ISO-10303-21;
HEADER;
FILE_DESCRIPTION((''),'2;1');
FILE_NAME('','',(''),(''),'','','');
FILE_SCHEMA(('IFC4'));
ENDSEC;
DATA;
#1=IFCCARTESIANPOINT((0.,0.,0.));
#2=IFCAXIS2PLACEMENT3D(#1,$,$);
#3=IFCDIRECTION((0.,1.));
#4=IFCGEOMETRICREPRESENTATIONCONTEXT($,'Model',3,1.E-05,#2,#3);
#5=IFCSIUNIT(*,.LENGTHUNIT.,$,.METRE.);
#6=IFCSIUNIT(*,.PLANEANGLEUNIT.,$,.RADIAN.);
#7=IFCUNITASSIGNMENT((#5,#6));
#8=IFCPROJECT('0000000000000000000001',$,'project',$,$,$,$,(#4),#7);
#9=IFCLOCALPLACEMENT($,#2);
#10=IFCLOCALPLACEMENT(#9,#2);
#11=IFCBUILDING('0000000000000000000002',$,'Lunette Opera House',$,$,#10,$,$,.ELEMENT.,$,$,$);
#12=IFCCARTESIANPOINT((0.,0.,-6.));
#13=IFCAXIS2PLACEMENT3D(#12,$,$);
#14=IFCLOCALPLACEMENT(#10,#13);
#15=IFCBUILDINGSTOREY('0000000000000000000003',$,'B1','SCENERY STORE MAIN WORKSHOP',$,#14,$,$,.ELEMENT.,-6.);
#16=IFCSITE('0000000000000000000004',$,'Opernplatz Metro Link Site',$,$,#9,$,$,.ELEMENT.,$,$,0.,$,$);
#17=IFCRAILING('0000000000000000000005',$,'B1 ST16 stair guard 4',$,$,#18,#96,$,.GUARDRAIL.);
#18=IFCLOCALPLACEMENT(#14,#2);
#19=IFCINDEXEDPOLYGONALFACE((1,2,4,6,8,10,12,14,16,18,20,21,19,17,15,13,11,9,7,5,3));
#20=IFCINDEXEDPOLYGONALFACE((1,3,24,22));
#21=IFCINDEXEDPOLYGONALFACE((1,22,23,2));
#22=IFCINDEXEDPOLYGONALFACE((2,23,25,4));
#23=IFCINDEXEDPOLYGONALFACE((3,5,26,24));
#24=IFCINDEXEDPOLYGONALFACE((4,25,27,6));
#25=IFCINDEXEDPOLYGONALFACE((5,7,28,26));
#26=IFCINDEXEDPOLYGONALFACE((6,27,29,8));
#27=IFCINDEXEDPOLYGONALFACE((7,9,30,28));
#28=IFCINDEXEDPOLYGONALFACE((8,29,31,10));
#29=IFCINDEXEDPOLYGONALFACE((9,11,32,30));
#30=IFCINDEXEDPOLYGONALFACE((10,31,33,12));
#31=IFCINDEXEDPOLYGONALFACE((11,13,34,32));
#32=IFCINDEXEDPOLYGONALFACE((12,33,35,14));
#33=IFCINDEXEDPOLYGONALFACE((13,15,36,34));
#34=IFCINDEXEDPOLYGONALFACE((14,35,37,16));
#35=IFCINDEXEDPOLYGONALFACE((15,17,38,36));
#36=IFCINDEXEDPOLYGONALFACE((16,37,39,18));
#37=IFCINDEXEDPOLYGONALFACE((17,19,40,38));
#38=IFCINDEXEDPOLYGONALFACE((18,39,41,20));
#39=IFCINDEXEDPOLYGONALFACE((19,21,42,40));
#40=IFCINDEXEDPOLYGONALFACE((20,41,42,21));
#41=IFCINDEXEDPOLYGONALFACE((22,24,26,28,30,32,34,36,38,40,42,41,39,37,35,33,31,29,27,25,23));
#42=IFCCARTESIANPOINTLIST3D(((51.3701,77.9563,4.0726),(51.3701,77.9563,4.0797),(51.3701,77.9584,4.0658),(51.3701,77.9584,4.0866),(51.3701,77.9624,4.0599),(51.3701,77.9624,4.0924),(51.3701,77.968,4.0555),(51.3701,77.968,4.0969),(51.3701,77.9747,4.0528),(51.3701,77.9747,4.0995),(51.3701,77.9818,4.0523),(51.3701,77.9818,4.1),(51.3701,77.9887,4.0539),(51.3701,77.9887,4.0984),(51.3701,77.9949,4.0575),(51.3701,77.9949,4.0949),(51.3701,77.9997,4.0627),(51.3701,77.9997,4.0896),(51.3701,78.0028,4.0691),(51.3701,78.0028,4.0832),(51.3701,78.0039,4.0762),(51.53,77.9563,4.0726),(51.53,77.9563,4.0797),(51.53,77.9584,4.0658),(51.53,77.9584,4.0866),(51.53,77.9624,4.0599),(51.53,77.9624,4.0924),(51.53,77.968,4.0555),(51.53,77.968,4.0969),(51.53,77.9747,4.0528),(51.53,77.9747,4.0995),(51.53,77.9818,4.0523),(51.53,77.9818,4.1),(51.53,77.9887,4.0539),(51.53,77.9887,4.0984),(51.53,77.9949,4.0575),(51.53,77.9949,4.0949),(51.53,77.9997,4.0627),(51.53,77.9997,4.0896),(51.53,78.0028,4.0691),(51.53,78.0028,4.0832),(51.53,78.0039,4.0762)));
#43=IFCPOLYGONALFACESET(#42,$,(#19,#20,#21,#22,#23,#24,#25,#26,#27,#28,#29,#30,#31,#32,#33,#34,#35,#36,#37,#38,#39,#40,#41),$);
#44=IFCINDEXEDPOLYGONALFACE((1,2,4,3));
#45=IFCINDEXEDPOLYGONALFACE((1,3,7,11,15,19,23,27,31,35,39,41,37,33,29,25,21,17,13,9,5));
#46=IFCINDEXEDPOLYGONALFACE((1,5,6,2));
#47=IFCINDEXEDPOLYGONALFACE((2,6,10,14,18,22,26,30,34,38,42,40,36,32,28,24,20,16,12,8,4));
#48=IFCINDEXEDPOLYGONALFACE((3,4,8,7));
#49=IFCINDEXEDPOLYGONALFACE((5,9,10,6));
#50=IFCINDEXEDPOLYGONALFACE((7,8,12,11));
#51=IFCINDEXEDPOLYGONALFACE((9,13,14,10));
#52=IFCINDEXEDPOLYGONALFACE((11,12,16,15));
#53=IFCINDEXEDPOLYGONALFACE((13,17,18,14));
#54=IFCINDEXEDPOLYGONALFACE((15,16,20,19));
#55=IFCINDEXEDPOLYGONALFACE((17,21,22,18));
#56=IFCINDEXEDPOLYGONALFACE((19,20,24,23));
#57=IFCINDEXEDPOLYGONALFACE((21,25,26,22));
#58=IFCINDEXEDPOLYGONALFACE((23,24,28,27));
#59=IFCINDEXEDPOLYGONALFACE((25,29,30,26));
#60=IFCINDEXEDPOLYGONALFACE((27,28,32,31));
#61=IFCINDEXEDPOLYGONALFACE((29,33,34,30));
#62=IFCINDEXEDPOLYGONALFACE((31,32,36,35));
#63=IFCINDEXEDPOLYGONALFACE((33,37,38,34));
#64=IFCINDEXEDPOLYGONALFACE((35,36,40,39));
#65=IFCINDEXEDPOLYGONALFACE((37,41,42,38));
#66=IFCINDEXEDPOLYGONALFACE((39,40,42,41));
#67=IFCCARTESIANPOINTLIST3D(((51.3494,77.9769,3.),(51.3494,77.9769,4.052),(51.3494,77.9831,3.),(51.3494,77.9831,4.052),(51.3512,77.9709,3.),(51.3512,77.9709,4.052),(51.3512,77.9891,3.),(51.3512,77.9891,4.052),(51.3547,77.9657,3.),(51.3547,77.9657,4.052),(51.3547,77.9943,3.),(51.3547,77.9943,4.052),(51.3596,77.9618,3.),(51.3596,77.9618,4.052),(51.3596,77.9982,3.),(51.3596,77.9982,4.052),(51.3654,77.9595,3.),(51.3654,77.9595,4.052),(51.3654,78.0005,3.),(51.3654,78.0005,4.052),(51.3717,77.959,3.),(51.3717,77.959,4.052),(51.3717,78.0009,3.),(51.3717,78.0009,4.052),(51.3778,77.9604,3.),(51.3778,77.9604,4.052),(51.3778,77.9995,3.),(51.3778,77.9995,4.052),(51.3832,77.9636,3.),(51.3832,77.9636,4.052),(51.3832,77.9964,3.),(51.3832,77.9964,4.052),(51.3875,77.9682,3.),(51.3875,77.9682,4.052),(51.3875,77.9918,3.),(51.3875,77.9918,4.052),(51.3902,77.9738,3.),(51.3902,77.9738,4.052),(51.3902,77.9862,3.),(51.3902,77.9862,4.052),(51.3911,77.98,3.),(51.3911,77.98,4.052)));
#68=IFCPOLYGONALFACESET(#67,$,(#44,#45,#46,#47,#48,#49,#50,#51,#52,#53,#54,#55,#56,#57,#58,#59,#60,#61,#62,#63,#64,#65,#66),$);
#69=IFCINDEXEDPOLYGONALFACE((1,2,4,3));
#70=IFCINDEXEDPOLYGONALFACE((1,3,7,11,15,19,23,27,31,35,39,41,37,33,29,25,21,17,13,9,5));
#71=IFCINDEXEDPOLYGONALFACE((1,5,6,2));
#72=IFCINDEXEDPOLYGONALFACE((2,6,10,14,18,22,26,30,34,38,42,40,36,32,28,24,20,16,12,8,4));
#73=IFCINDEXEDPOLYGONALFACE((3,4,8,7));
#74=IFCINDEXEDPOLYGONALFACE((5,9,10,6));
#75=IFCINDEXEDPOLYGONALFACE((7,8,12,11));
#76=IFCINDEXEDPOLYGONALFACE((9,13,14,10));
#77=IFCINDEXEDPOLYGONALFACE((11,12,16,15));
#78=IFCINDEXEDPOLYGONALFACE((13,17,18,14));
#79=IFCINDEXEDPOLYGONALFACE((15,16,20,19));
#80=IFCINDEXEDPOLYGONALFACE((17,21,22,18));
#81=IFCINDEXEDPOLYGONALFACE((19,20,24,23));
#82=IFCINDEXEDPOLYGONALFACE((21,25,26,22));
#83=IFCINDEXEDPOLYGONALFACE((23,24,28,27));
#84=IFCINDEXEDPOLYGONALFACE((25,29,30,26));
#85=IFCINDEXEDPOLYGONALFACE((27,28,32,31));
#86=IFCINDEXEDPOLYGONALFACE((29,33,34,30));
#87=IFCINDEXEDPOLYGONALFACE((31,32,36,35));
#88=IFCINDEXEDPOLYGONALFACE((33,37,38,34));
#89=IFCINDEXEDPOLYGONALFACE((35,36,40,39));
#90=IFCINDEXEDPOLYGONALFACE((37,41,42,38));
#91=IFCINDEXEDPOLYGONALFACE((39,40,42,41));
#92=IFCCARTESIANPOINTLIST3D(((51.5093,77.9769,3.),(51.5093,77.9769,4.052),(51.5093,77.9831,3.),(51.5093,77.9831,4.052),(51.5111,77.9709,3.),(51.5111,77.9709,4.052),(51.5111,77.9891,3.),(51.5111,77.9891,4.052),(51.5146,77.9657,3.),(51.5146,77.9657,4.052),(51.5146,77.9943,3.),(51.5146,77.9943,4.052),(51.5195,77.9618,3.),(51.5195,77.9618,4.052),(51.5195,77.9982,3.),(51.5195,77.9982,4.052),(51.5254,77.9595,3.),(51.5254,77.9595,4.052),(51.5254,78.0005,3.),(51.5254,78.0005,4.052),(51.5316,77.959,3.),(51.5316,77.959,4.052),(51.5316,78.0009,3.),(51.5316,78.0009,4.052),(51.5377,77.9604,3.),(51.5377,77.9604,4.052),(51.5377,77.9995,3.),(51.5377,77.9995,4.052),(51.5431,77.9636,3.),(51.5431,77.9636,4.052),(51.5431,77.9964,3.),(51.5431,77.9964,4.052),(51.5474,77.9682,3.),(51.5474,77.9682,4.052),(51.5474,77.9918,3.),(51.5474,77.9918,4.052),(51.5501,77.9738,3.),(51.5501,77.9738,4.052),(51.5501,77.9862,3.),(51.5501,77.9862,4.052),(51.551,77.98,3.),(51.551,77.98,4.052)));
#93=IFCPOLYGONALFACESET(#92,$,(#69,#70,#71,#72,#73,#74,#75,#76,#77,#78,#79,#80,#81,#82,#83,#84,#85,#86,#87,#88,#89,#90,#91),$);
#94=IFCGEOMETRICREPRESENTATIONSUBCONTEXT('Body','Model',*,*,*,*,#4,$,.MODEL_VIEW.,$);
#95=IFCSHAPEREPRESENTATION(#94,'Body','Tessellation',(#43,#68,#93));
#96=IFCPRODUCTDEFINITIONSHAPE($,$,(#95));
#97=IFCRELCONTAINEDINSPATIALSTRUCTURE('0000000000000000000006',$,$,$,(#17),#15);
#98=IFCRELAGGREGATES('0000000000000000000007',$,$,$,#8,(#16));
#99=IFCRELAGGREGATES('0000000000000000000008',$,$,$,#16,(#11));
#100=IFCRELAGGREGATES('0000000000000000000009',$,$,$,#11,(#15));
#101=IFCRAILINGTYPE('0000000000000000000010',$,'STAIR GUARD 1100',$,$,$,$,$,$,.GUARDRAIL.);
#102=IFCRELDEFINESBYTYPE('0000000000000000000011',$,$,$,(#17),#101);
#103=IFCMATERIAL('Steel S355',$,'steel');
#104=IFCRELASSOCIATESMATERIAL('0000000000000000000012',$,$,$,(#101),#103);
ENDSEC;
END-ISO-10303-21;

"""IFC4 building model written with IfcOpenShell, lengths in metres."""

from ifc_helpers import new_model, si_unit, direction, frame, origin, origin_2d, place, context, subcontext, project, spatial, circle, extrude, material, type_object, element, save


model = new_model("IFC4")

# Units and contexts
model_context = context("Model", 3, precision=1e-05, world=origin(), true_north=direction((0.0, 1.0)))
body_context = subcontext(model_context, "Body", "Model", "MODEL_VIEW")
ifc_project = project(units=[si_unit("LENGTHUNIT", "METRE"), si_unit("PLANEANGLEUNIT", "RADIAN")], contexts=[model_context])

# Site, building, storey
site_placement = place(None, origin())
site = spatial("IfcSite", under=ifc_project, at=site_placement, Name="Opernplatz Metro Link Site", CompositionType="ELEMENT", RefElevation=0.0)
building_placement = place(site_placement, origin())
building = spatial("IfcBuilding", under=site, at=building_placement, Name="Lunette Opera House", CompositionType="ELEMENT")
storey_placement = place(building_placement, frame((0.0, 0.0, -6.0)))
storey = spatial("IfcBuildingStorey", under=building, at=storey_placement, Name="B1", Description="SCENERY STORE MAIN WORKSHOP", CompositionType="ELEMENT", Elevation=-6.0)

# Railing
ifc_material_1 = material(Name="Steel S355", Category="steel")
railing_type_1 = type_object("IfcRailingType", Name="STAIR GUARD 1100", PredefinedType="GUARDRAIL", material=ifc_material_1)
railing_1_placement = place(storey_placement, frame((51.3701, 77.98, 3.0)))
element("IfcRailing", 1, at=railing_1_placement, inside=storey, type_object=railing_type_1, Name="B1 ST16 stair guard 4", PredefinedType="GUARDRAIL", context=body_context, shape_type="SweptSolid", body=[
    extrude(circle(Radius=0.0239, at=origin_2d()), frame((0.0, 0.0, 1.0762), z_axis=(1.0, 0.0, 0.0), x_axis=(0.0, 1.0, 0.0)), (0.0, 0.0, 1.0), 0.1599),
    extrude(circle(Radius=0.021, at=origin_2d()), origin(), (0.0, 0.0, 1.0), 1.052),
    extrude(circle(Radius=0.021, at=origin_2d()), frame((0.1599, 0.0, 0.0)), (0.0, 0.0, 1.0), 1.052),
])

save(model, "model.ifc")
